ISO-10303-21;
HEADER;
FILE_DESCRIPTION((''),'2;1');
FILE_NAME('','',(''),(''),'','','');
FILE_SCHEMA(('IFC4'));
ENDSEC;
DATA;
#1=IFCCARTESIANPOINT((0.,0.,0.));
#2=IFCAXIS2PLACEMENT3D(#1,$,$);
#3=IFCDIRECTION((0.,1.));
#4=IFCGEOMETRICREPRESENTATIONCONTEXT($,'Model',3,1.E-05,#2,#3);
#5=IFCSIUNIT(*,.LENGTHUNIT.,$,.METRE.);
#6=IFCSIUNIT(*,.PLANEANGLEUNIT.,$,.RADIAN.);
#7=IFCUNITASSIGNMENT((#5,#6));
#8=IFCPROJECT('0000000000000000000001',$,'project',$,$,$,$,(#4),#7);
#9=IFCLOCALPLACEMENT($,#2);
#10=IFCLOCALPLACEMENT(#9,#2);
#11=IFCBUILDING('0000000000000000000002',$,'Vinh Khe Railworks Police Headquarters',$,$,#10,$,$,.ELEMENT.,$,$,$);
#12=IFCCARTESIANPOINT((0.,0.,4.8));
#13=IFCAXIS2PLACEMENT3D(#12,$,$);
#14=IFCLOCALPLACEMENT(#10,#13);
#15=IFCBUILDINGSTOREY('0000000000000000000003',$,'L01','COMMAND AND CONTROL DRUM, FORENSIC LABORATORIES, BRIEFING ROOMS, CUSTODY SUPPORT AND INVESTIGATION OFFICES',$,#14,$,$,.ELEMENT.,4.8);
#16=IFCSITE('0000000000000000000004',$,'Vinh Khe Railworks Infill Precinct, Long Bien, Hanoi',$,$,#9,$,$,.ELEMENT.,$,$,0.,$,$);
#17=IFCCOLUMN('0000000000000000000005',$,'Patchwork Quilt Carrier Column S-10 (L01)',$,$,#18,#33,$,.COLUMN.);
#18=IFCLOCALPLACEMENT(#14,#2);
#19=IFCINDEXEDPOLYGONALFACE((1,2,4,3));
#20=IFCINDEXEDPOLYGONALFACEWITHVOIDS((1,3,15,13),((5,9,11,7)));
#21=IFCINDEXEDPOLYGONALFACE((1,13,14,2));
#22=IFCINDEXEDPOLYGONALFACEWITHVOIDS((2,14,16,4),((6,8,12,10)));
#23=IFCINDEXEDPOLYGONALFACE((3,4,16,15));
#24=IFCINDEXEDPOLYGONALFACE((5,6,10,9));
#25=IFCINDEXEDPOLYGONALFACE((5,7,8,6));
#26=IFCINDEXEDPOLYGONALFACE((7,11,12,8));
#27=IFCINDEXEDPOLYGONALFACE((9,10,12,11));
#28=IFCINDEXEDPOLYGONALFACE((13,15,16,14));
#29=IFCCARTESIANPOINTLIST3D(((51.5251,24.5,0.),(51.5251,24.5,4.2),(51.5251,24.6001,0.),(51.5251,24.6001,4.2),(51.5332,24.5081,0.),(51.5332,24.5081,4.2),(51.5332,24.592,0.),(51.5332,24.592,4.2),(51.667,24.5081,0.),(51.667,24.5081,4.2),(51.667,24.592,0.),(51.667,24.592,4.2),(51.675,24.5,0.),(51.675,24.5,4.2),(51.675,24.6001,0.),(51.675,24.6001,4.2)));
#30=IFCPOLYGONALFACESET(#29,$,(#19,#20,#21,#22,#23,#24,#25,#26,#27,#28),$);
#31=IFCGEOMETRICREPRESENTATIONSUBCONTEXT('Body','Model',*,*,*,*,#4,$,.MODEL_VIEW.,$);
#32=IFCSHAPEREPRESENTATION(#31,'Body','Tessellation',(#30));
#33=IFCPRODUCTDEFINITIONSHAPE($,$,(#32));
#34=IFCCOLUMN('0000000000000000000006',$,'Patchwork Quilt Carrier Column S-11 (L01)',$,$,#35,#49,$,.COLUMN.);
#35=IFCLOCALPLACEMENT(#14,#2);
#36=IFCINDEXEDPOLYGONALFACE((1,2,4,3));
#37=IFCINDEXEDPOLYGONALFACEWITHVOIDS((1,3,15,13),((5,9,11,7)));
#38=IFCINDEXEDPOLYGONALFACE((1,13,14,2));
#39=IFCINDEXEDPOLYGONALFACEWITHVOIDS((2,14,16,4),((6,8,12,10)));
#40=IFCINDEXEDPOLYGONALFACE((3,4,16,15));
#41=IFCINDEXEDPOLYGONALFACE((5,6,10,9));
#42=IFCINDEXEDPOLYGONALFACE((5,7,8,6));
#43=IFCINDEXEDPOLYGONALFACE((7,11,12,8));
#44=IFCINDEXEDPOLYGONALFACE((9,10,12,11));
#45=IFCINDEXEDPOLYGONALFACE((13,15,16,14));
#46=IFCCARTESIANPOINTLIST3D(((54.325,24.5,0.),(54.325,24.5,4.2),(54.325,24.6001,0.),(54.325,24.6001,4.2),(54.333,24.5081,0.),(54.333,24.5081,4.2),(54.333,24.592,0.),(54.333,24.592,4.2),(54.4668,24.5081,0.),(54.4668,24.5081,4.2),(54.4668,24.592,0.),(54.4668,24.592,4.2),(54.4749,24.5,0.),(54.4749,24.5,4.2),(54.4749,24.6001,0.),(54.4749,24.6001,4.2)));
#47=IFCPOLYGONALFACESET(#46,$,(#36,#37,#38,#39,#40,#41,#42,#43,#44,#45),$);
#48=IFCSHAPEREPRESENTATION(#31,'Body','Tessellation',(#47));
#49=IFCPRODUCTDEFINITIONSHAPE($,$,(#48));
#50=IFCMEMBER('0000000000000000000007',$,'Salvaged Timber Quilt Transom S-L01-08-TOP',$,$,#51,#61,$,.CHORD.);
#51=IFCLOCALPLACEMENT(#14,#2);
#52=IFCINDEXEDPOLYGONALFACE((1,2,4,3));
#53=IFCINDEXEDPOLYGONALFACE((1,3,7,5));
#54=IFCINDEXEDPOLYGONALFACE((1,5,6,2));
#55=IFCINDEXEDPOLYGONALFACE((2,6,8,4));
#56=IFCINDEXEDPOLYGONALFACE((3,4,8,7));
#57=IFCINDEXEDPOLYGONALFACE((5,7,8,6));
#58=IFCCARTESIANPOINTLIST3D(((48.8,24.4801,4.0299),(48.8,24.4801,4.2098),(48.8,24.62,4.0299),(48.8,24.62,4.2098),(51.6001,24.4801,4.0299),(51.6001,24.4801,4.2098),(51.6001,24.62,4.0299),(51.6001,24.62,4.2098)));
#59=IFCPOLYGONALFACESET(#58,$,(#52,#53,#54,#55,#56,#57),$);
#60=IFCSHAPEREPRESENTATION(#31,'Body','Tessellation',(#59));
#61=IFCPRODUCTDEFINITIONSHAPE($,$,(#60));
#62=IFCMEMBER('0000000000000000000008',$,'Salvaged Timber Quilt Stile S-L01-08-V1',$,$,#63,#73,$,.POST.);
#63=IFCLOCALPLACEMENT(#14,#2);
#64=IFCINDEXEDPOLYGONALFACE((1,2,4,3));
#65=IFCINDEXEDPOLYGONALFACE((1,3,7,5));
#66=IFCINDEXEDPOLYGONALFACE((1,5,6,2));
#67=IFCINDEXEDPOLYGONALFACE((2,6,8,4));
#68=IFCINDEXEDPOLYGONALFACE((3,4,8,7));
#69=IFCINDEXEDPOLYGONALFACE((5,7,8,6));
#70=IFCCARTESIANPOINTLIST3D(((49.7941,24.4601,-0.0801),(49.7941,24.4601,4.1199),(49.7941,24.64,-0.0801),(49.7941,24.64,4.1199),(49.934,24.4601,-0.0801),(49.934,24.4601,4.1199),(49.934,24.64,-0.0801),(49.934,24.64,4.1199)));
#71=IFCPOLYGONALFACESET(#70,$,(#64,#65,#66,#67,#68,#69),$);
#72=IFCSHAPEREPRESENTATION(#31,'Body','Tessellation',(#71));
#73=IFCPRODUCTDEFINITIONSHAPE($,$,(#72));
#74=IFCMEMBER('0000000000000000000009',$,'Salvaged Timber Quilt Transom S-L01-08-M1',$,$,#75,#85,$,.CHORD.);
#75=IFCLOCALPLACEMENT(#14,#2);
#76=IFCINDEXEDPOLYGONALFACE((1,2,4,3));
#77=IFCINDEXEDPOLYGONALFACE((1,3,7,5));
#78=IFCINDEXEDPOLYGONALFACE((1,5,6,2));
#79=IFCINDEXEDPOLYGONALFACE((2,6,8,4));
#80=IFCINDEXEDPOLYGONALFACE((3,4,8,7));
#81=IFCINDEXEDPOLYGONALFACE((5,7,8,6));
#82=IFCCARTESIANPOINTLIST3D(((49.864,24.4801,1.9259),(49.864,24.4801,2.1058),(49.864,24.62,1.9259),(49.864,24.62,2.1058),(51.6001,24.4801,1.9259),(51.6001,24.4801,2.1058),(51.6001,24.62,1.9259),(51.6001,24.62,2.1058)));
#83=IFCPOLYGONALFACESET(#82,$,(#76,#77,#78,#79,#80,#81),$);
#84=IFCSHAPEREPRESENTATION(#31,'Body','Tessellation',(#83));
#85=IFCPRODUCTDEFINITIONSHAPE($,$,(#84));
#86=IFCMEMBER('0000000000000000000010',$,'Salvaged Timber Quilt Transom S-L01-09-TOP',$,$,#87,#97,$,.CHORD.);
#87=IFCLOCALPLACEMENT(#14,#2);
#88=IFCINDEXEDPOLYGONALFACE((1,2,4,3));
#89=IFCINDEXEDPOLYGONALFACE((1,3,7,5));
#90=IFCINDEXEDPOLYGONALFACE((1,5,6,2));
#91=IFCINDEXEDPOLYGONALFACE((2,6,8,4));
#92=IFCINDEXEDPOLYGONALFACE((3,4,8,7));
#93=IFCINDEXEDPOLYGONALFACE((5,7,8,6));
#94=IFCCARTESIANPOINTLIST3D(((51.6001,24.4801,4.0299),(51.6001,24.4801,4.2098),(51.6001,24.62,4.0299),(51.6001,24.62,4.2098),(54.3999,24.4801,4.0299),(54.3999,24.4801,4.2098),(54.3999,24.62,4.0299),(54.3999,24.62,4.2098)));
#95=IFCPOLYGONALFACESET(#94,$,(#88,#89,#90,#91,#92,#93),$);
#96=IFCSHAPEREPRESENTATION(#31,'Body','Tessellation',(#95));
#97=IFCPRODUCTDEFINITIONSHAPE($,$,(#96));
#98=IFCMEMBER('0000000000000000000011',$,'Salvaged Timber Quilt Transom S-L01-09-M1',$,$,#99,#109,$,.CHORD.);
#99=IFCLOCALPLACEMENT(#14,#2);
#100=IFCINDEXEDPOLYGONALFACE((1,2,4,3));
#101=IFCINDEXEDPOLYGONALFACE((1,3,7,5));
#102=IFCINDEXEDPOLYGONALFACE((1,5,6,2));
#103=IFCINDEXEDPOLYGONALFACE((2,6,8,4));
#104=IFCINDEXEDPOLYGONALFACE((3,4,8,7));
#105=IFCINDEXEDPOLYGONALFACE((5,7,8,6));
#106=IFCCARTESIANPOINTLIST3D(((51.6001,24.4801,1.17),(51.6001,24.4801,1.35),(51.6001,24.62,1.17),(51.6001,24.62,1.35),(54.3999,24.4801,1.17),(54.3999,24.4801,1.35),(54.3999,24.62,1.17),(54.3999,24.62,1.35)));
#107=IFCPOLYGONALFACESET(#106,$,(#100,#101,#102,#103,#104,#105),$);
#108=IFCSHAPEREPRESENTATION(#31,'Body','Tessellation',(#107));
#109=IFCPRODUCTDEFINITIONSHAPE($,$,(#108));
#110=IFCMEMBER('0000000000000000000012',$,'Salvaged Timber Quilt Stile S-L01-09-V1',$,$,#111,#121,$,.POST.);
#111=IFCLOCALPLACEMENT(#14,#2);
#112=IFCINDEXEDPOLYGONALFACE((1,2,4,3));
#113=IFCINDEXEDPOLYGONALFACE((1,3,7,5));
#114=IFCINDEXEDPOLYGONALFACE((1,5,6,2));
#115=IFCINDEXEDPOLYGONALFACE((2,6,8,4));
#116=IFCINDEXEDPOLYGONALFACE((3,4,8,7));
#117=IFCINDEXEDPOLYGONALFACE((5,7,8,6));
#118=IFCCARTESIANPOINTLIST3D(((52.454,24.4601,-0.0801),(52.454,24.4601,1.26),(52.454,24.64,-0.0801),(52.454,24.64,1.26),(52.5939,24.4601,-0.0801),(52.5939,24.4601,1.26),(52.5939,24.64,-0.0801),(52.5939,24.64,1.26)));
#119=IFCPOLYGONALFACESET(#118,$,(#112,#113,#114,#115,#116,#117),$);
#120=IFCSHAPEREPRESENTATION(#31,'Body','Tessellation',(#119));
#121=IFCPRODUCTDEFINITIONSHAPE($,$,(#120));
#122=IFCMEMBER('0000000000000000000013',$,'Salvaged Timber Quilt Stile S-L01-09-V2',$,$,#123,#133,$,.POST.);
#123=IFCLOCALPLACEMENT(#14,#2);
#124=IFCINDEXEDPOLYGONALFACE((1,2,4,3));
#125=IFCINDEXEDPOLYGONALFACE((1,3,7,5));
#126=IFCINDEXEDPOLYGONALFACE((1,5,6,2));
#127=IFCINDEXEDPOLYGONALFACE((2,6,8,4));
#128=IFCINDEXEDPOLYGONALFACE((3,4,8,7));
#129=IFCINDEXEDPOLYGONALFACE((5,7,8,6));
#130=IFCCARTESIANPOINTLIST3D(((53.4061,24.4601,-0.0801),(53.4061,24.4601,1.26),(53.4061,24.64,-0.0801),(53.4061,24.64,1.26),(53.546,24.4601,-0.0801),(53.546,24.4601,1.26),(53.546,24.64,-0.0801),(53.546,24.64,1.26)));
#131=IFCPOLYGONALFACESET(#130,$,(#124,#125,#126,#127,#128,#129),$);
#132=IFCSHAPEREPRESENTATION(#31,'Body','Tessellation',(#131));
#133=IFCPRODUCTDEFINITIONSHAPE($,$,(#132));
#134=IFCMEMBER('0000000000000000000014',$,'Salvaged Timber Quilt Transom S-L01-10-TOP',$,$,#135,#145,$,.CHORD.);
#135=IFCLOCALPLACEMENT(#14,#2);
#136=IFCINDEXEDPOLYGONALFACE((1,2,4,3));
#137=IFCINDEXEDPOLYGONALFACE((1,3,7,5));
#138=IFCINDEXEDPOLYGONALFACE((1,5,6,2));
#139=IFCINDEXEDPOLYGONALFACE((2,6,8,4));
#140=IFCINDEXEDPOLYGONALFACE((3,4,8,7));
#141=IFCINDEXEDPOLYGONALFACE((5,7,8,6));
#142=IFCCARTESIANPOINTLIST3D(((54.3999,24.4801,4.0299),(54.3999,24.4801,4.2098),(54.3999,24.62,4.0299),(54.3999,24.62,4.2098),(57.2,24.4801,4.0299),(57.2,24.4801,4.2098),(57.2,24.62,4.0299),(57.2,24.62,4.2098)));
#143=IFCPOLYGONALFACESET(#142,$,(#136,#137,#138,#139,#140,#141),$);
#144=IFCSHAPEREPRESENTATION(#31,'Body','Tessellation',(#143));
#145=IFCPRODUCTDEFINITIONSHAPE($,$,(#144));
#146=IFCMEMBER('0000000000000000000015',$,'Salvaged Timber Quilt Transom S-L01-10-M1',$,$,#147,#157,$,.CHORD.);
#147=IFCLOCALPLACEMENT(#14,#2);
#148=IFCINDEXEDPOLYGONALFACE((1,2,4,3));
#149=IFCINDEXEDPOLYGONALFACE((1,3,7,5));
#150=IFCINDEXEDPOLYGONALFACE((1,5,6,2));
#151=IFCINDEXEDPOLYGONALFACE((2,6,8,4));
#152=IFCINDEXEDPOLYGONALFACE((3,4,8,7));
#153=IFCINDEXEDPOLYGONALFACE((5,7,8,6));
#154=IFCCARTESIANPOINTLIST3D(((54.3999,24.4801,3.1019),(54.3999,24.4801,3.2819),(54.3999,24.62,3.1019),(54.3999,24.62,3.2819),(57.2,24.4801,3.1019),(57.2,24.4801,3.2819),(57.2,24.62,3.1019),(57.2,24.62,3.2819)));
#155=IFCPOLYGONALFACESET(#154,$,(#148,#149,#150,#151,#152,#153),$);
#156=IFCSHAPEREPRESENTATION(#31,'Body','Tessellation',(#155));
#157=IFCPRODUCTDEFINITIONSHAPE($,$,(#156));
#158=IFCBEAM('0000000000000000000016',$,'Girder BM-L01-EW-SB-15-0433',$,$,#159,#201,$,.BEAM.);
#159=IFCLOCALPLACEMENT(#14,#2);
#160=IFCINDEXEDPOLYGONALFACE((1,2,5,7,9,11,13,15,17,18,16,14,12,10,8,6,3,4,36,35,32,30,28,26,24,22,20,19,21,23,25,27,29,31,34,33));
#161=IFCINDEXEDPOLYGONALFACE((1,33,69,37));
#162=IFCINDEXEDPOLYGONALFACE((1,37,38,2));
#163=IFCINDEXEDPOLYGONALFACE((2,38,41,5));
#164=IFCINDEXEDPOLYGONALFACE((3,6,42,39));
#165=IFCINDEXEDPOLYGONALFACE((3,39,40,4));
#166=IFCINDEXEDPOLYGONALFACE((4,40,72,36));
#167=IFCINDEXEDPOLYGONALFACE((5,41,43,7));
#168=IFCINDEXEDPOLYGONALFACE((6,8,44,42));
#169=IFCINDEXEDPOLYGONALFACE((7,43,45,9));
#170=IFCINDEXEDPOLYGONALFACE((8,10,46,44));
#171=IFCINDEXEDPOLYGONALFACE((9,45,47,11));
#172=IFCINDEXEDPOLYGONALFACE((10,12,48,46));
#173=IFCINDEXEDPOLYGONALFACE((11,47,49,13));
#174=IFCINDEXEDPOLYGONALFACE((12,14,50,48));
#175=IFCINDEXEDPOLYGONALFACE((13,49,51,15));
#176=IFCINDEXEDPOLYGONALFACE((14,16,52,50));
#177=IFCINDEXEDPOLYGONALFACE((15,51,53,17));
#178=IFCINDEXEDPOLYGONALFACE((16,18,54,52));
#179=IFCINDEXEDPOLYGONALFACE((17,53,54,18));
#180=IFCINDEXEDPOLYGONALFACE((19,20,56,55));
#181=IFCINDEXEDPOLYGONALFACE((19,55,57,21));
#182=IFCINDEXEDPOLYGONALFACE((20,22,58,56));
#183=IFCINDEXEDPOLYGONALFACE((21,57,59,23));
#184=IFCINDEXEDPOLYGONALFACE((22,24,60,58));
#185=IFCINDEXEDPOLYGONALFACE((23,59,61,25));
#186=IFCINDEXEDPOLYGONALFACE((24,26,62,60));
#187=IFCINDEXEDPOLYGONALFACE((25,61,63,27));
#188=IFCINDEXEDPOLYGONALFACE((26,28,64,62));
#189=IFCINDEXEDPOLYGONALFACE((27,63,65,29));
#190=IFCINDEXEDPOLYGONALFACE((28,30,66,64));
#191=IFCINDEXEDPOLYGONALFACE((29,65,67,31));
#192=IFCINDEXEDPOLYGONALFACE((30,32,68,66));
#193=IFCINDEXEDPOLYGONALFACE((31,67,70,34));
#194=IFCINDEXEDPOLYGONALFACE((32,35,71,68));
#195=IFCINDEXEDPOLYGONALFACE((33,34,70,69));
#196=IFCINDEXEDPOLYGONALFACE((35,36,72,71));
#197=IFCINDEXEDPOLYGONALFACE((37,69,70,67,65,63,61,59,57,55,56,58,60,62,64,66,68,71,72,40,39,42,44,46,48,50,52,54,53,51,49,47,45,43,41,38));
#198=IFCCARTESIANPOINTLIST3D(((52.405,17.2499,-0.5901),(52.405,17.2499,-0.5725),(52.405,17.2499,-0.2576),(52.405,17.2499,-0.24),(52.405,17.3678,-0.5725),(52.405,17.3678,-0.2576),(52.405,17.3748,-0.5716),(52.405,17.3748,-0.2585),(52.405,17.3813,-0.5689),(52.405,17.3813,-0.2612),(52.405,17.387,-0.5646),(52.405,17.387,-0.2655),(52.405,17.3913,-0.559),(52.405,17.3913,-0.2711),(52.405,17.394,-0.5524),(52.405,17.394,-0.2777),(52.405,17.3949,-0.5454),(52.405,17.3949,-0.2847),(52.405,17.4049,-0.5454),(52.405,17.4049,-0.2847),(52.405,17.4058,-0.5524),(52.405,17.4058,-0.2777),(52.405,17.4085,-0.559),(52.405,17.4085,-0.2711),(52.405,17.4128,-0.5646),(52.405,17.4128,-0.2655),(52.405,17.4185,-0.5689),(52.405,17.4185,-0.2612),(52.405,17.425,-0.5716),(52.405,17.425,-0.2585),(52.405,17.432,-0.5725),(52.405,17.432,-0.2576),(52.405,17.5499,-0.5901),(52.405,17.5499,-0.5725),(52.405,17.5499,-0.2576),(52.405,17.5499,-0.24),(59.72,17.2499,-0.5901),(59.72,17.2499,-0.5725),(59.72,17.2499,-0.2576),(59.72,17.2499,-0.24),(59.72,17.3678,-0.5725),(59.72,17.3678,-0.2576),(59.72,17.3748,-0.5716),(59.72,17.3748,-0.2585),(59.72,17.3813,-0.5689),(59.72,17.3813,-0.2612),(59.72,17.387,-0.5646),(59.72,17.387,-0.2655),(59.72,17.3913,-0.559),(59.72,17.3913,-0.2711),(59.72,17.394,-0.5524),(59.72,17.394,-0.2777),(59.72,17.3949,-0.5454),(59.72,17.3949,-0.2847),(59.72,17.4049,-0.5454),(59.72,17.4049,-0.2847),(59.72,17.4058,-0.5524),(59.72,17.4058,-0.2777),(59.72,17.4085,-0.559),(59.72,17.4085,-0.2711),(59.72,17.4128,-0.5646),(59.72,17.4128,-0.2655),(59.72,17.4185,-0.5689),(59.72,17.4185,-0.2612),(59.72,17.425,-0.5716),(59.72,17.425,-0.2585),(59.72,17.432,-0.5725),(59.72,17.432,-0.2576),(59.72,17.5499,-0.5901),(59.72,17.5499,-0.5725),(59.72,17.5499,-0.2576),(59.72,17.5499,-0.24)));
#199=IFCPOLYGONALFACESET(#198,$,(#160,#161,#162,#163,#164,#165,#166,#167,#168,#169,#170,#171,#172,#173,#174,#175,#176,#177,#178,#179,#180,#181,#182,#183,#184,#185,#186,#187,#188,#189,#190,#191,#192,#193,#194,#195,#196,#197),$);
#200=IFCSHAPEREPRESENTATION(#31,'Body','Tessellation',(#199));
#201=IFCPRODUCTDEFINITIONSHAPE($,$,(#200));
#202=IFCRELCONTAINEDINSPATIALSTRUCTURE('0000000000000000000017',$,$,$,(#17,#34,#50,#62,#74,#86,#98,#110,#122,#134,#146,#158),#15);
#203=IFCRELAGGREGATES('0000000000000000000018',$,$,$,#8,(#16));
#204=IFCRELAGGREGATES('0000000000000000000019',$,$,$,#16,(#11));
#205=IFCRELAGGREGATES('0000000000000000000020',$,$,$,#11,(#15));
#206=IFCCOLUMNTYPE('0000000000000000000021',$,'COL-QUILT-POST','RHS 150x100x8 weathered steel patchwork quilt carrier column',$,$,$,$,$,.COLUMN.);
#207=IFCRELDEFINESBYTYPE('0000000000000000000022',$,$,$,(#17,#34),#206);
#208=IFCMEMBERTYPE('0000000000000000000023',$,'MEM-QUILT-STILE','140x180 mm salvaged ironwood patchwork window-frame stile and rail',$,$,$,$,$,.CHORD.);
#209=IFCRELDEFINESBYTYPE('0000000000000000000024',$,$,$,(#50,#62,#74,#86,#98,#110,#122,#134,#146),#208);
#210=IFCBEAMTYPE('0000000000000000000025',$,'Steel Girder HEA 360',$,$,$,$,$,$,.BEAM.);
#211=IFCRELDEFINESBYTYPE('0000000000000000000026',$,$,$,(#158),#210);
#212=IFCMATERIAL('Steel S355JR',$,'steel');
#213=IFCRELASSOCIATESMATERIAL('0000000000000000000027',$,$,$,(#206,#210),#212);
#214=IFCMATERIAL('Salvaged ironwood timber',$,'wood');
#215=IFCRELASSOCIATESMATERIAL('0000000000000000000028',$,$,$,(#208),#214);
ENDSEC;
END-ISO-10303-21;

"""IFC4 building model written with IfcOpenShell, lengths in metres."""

from ifc_helpers import new_model, si_unit, direction, frame, origin, origin_2d, place, context, subcontext, project, spatial, rectangle, hollow_rectangle, i_section, extrude, material, material_profile, profile_set, type_object, element, save


model = new_model("IFC4")

# Units and contexts
model_context = context("Model", 3, precision=1e-05, world=origin(), true_north=direction((0.0, 1.0)))
body_context = subcontext(model_context, "Body", "Model", "MODEL_VIEW")
ifc_project = project(units=[si_unit("LENGTHUNIT", "METRE"), si_unit("PLANEANGLEUNIT", "RADIAN")], contexts=[model_context])

# Site, building, storey
site_placement = place(None, origin())
site = spatial("IfcSite", under=ifc_project, at=site_placement, Name="Vinh Khe Railworks Infill Precinct, Long Bien, Hanoi", CompositionType="ELEMENT", RefElevation=0.0)
building_placement = place(site_placement, origin())
building = spatial("IfcBuilding", under=site, at=building_placement, Name="Vinh Khe Railworks Police Headquarters", CompositionType="ELEMENT")
storey_placement = place(building_placement, frame((0.0, 0.0, 4.8)))
storey = spatial("IfcBuildingStorey", under=building, at=storey_placement, Name="L01", Description="COMMAND AND CONTROL DRUM, FORENSIC LABORATORIES, BRIEFING ROOMS, CUSTODY SUPPORT AND INVESTIGATION OFFICES", CompositionType="ELEMENT", Elevation=4.8)

# Columns
ifc_material_1 = material(Name="Steel S355JR", Category="steel")
ifc_material_profile_1 = material_profile(ifc_material_1, hollow_rectangle(XDim=0.1499, YDim=0.1001, WallThickness=0.0081, at=origin_2d()), Name="RHS 150x100x8")
ifc_profile_set_1 = profile_set([ifc_material_profile_1], Name="Steel S355JR")
column_type = type_object("IfcColumnType", Name="COL-QUILT-POST", Description="RHS 150x100x8 weathered steel patchwork quilt carrier column", PredefinedType="COLUMN", material=ifc_profile_set_1)
for number, where, z_axis, x_axis, name in (
    (1, (51.6001, 24.55, 0.0), (0.0, 0.0, 1.0), (1.0, 0.0, 0.0), "Patchwork Quilt Carrier Column S-10 (L01)"),
    (2, (54.3999, 24.55, 0.0), (0.0, 0.0, 1.0), (1.0, 0.0, 0.0), "Patchwork Quilt Carrier Column S-11 (L01)"),
):
    element("IfcColumn", number, at=place(storey_placement, frame(where, z_axis=z_axis, x_axis=x_axis)), inside=storey, type_object=column_type, Name=name, PredefinedType="COLUMN", context=body_context, shape_type="SweptSolid", body=[
        extrude(hollow_rectangle(XDim=0.1499, YDim=0.1001, WallThickness=0.0081, at=origin_2d()), origin(), (0.0, 0.0, 1.0), 4.2),
    ])

# Members
ifc_material_2 = material(Name="Salvaged ironwood timber", Category="wood")
ifc_material_profile_2 = material_profile(ifc_material_2, rectangle(XDim=0.1399, YDim=0.1799, at=origin_2d()), Name="TIMBER 140x180")
ifc_profile_set_2 = profile_set([ifc_material_profile_2], Name="Salvaged ironwood timber")
member_type = type_object("IfcMemberType", Name="MEM-QUILT-STILE", Description="140x180 mm salvaged ironwood patchwork window-frame stile and rail", PredefinedType="CHORD", material=ifc_profile_set_2)
member_1_placement = place(storey_placement, frame((48.8, 24.55, 4.1199), z_axis=(1.0, 0.0, 0.0), x_axis=(0.0, 1.0, 0.0)))
element("IfcMember", 3, at=member_1_placement, inside=storey, type_object=member_type, Name="Salvaged Timber Quilt Transom S-L01-08-TOP", PredefinedType="CHORD", context=body_context, shape_type="SweptSolid", body=[
    extrude(rectangle(XDim=0.1399, YDim=0.1799, at=origin_2d()), origin(), (0.0, 0.0, 1.0), 2.8),
])
member_2_placement = place(storey_placement, frame((49.864, 24.55, -0.0801), z_axis=(0.0, 0.0, 1.0), x_axis=(1.0, 0.0, 0.0)))
element("IfcMember", 4, at=member_2_placement, inside=storey, type_object=member_type, Name="Salvaged Timber Quilt Stile S-L01-08-V1", PredefinedType="POST", context=body_context, shape_type="SweptSolid", body=[
    extrude(rectangle(XDim=0.1399, YDim=0.1799, at=origin_2d()), origin(), (0.0, 0.0, 1.0), 4.2),
])
member_3_placement = place(storey_placement, frame((49.864, 24.55, 2.0159), z_axis=(1.0, 0.0, 0.0), x_axis=(0.0, 1.0, 0.0)))
element("IfcMember", 5, at=member_3_placement, inside=storey, type_object=member_type, Name="Salvaged Timber Quilt Transom S-L01-08-M1", PredefinedType="CHORD", context=body_context, shape_type="SweptSolid", body=[
    extrude(rectangle(XDim=0.1399, YDim=0.1799, at=origin_2d()), origin(), (0.0, 0.0, 1.0), 1.7361),
])
for number, where, z_axis, x_axis, name in (
    (6, (51.6001, 24.55, 4.1199), (1.0, 0.0, 0.0), (0.0, 1.0, 0.0), "Salvaged Timber Quilt Transom S-L01-09-TOP"),
    (7, (51.6001, 24.55, 1.26), (1.0, 0.0, 0.0), (0.0, 1.0, 0.0), "Salvaged Timber Quilt Transom S-L01-09-M1"),
):
    element("IfcMember", number, at=place(storey_placement, frame(where, z_axis=z_axis, x_axis=x_axis)), inside=storey, type_object=member_type, Name=name, PredefinedType="CHORD", context=body_context, shape_type="SweptSolid", body=[
        extrude(rectangle(XDim=0.1399, YDim=0.1799, at=origin_2d()), origin(), (0.0, 0.0, 1.0), 2.7998),
    ])
for number, where, z_axis, x_axis, name in (
    (8, (52.5239, 24.55, -0.0801), (0.0, 0.0, 1.0), (1.0, 0.0, 0.0), "Salvaged Timber Quilt Stile S-L01-09-V1"),
    (9, (53.4761, 24.55, -0.0801), (0.0, 0.0, 1.0), (1.0, 0.0, 0.0), "Salvaged Timber Quilt Stile S-L01-09-V2"),
):
    element("IfcMember", number, at=place(storey_placement, frame(where, z_axis=z_axis, x_axis=x_axis)), inside=storey, type_object=member_type, Name=name, PredefinedType="POST", context=body_context, shape_type="SweptSolid", body=[
        extrude(rectangle(XDim=0.1399, YDim=0.1799, at=origin_2d()), origin(), (0.0, 0.0, 1.0), 1.3401),
    ])
for number, where, z_axis, x_axis, name in (
    (10, (54.3999, 24.55, 4.1199), (1.0, 0.0, 0.0), (0.0, 1.0, 0.0), "Salvaged Timber Quilt Transom S-L01-10-TOP"),
    (11, (54.3999, 24.55, 3.1919), (1.0, 0.0, 0.0), (0.0, 1.0, 0.0), "Salvaged Timber Quilt Transom S-L01-10-M1"),
):
    element("IfcMember", number, at=place(storey_placement, frame(where, z_axis=z_axis, x_axis=x_axis)), inside=storey, type_object=member_type, Name=name, PredefinedType="CHORD", context=body_context, shape_type="SweptSolid", body=[
        extrude(rectangle(XDim=0.1399, YDim=0.1799, at=origin_2d()), origin(), (0.0, 0.0, 1.0), 2.8),
    ])

# Beam
ifc_material_profile_3 = material_profile(ifc_material_1, i_section(OverallWidth=0.3, OverallDepth=0.3501, WebThickness=0.01, FlangeThickness=0.0176, FilletRadius=0.0271, at=origin_2d()), Name="HEA 360")
ifc_profile_set_3 = profile_set([ifc_material_profile_3], Name="Steel S355JR")
beam_type = type_object("IfcBeamType", Name="Steel Girder HEA 360", PredefinedType="BEAM", material=ifc_profile_set_3)
beam_placement = place(storey_placement, frame((52.405, 17.3999, -0.415), z_axis=(1.0, 0.0, 0.0), x_axis=(0.0, 1.0, 0.0)))
element("IfcBeam", 12, at=beam_placement, inside=storey, type_object=beam_type, Name="Girder BM-L01-EW-SB-15-0433", PredefinedType="BEAM", context=body_context, shape_type="SweptSolid", body=[
    extrude(i_section(OverallWidth=0.3, OverallDepth=0.3501, WebThickness=0.01, FlangeThickness=0.0176, FilletRadius=0.0271, at=origin_2d()), origin(), (0.0, 0.0, 1.0), 7.3149),
])

save(model, "model.ifc")
